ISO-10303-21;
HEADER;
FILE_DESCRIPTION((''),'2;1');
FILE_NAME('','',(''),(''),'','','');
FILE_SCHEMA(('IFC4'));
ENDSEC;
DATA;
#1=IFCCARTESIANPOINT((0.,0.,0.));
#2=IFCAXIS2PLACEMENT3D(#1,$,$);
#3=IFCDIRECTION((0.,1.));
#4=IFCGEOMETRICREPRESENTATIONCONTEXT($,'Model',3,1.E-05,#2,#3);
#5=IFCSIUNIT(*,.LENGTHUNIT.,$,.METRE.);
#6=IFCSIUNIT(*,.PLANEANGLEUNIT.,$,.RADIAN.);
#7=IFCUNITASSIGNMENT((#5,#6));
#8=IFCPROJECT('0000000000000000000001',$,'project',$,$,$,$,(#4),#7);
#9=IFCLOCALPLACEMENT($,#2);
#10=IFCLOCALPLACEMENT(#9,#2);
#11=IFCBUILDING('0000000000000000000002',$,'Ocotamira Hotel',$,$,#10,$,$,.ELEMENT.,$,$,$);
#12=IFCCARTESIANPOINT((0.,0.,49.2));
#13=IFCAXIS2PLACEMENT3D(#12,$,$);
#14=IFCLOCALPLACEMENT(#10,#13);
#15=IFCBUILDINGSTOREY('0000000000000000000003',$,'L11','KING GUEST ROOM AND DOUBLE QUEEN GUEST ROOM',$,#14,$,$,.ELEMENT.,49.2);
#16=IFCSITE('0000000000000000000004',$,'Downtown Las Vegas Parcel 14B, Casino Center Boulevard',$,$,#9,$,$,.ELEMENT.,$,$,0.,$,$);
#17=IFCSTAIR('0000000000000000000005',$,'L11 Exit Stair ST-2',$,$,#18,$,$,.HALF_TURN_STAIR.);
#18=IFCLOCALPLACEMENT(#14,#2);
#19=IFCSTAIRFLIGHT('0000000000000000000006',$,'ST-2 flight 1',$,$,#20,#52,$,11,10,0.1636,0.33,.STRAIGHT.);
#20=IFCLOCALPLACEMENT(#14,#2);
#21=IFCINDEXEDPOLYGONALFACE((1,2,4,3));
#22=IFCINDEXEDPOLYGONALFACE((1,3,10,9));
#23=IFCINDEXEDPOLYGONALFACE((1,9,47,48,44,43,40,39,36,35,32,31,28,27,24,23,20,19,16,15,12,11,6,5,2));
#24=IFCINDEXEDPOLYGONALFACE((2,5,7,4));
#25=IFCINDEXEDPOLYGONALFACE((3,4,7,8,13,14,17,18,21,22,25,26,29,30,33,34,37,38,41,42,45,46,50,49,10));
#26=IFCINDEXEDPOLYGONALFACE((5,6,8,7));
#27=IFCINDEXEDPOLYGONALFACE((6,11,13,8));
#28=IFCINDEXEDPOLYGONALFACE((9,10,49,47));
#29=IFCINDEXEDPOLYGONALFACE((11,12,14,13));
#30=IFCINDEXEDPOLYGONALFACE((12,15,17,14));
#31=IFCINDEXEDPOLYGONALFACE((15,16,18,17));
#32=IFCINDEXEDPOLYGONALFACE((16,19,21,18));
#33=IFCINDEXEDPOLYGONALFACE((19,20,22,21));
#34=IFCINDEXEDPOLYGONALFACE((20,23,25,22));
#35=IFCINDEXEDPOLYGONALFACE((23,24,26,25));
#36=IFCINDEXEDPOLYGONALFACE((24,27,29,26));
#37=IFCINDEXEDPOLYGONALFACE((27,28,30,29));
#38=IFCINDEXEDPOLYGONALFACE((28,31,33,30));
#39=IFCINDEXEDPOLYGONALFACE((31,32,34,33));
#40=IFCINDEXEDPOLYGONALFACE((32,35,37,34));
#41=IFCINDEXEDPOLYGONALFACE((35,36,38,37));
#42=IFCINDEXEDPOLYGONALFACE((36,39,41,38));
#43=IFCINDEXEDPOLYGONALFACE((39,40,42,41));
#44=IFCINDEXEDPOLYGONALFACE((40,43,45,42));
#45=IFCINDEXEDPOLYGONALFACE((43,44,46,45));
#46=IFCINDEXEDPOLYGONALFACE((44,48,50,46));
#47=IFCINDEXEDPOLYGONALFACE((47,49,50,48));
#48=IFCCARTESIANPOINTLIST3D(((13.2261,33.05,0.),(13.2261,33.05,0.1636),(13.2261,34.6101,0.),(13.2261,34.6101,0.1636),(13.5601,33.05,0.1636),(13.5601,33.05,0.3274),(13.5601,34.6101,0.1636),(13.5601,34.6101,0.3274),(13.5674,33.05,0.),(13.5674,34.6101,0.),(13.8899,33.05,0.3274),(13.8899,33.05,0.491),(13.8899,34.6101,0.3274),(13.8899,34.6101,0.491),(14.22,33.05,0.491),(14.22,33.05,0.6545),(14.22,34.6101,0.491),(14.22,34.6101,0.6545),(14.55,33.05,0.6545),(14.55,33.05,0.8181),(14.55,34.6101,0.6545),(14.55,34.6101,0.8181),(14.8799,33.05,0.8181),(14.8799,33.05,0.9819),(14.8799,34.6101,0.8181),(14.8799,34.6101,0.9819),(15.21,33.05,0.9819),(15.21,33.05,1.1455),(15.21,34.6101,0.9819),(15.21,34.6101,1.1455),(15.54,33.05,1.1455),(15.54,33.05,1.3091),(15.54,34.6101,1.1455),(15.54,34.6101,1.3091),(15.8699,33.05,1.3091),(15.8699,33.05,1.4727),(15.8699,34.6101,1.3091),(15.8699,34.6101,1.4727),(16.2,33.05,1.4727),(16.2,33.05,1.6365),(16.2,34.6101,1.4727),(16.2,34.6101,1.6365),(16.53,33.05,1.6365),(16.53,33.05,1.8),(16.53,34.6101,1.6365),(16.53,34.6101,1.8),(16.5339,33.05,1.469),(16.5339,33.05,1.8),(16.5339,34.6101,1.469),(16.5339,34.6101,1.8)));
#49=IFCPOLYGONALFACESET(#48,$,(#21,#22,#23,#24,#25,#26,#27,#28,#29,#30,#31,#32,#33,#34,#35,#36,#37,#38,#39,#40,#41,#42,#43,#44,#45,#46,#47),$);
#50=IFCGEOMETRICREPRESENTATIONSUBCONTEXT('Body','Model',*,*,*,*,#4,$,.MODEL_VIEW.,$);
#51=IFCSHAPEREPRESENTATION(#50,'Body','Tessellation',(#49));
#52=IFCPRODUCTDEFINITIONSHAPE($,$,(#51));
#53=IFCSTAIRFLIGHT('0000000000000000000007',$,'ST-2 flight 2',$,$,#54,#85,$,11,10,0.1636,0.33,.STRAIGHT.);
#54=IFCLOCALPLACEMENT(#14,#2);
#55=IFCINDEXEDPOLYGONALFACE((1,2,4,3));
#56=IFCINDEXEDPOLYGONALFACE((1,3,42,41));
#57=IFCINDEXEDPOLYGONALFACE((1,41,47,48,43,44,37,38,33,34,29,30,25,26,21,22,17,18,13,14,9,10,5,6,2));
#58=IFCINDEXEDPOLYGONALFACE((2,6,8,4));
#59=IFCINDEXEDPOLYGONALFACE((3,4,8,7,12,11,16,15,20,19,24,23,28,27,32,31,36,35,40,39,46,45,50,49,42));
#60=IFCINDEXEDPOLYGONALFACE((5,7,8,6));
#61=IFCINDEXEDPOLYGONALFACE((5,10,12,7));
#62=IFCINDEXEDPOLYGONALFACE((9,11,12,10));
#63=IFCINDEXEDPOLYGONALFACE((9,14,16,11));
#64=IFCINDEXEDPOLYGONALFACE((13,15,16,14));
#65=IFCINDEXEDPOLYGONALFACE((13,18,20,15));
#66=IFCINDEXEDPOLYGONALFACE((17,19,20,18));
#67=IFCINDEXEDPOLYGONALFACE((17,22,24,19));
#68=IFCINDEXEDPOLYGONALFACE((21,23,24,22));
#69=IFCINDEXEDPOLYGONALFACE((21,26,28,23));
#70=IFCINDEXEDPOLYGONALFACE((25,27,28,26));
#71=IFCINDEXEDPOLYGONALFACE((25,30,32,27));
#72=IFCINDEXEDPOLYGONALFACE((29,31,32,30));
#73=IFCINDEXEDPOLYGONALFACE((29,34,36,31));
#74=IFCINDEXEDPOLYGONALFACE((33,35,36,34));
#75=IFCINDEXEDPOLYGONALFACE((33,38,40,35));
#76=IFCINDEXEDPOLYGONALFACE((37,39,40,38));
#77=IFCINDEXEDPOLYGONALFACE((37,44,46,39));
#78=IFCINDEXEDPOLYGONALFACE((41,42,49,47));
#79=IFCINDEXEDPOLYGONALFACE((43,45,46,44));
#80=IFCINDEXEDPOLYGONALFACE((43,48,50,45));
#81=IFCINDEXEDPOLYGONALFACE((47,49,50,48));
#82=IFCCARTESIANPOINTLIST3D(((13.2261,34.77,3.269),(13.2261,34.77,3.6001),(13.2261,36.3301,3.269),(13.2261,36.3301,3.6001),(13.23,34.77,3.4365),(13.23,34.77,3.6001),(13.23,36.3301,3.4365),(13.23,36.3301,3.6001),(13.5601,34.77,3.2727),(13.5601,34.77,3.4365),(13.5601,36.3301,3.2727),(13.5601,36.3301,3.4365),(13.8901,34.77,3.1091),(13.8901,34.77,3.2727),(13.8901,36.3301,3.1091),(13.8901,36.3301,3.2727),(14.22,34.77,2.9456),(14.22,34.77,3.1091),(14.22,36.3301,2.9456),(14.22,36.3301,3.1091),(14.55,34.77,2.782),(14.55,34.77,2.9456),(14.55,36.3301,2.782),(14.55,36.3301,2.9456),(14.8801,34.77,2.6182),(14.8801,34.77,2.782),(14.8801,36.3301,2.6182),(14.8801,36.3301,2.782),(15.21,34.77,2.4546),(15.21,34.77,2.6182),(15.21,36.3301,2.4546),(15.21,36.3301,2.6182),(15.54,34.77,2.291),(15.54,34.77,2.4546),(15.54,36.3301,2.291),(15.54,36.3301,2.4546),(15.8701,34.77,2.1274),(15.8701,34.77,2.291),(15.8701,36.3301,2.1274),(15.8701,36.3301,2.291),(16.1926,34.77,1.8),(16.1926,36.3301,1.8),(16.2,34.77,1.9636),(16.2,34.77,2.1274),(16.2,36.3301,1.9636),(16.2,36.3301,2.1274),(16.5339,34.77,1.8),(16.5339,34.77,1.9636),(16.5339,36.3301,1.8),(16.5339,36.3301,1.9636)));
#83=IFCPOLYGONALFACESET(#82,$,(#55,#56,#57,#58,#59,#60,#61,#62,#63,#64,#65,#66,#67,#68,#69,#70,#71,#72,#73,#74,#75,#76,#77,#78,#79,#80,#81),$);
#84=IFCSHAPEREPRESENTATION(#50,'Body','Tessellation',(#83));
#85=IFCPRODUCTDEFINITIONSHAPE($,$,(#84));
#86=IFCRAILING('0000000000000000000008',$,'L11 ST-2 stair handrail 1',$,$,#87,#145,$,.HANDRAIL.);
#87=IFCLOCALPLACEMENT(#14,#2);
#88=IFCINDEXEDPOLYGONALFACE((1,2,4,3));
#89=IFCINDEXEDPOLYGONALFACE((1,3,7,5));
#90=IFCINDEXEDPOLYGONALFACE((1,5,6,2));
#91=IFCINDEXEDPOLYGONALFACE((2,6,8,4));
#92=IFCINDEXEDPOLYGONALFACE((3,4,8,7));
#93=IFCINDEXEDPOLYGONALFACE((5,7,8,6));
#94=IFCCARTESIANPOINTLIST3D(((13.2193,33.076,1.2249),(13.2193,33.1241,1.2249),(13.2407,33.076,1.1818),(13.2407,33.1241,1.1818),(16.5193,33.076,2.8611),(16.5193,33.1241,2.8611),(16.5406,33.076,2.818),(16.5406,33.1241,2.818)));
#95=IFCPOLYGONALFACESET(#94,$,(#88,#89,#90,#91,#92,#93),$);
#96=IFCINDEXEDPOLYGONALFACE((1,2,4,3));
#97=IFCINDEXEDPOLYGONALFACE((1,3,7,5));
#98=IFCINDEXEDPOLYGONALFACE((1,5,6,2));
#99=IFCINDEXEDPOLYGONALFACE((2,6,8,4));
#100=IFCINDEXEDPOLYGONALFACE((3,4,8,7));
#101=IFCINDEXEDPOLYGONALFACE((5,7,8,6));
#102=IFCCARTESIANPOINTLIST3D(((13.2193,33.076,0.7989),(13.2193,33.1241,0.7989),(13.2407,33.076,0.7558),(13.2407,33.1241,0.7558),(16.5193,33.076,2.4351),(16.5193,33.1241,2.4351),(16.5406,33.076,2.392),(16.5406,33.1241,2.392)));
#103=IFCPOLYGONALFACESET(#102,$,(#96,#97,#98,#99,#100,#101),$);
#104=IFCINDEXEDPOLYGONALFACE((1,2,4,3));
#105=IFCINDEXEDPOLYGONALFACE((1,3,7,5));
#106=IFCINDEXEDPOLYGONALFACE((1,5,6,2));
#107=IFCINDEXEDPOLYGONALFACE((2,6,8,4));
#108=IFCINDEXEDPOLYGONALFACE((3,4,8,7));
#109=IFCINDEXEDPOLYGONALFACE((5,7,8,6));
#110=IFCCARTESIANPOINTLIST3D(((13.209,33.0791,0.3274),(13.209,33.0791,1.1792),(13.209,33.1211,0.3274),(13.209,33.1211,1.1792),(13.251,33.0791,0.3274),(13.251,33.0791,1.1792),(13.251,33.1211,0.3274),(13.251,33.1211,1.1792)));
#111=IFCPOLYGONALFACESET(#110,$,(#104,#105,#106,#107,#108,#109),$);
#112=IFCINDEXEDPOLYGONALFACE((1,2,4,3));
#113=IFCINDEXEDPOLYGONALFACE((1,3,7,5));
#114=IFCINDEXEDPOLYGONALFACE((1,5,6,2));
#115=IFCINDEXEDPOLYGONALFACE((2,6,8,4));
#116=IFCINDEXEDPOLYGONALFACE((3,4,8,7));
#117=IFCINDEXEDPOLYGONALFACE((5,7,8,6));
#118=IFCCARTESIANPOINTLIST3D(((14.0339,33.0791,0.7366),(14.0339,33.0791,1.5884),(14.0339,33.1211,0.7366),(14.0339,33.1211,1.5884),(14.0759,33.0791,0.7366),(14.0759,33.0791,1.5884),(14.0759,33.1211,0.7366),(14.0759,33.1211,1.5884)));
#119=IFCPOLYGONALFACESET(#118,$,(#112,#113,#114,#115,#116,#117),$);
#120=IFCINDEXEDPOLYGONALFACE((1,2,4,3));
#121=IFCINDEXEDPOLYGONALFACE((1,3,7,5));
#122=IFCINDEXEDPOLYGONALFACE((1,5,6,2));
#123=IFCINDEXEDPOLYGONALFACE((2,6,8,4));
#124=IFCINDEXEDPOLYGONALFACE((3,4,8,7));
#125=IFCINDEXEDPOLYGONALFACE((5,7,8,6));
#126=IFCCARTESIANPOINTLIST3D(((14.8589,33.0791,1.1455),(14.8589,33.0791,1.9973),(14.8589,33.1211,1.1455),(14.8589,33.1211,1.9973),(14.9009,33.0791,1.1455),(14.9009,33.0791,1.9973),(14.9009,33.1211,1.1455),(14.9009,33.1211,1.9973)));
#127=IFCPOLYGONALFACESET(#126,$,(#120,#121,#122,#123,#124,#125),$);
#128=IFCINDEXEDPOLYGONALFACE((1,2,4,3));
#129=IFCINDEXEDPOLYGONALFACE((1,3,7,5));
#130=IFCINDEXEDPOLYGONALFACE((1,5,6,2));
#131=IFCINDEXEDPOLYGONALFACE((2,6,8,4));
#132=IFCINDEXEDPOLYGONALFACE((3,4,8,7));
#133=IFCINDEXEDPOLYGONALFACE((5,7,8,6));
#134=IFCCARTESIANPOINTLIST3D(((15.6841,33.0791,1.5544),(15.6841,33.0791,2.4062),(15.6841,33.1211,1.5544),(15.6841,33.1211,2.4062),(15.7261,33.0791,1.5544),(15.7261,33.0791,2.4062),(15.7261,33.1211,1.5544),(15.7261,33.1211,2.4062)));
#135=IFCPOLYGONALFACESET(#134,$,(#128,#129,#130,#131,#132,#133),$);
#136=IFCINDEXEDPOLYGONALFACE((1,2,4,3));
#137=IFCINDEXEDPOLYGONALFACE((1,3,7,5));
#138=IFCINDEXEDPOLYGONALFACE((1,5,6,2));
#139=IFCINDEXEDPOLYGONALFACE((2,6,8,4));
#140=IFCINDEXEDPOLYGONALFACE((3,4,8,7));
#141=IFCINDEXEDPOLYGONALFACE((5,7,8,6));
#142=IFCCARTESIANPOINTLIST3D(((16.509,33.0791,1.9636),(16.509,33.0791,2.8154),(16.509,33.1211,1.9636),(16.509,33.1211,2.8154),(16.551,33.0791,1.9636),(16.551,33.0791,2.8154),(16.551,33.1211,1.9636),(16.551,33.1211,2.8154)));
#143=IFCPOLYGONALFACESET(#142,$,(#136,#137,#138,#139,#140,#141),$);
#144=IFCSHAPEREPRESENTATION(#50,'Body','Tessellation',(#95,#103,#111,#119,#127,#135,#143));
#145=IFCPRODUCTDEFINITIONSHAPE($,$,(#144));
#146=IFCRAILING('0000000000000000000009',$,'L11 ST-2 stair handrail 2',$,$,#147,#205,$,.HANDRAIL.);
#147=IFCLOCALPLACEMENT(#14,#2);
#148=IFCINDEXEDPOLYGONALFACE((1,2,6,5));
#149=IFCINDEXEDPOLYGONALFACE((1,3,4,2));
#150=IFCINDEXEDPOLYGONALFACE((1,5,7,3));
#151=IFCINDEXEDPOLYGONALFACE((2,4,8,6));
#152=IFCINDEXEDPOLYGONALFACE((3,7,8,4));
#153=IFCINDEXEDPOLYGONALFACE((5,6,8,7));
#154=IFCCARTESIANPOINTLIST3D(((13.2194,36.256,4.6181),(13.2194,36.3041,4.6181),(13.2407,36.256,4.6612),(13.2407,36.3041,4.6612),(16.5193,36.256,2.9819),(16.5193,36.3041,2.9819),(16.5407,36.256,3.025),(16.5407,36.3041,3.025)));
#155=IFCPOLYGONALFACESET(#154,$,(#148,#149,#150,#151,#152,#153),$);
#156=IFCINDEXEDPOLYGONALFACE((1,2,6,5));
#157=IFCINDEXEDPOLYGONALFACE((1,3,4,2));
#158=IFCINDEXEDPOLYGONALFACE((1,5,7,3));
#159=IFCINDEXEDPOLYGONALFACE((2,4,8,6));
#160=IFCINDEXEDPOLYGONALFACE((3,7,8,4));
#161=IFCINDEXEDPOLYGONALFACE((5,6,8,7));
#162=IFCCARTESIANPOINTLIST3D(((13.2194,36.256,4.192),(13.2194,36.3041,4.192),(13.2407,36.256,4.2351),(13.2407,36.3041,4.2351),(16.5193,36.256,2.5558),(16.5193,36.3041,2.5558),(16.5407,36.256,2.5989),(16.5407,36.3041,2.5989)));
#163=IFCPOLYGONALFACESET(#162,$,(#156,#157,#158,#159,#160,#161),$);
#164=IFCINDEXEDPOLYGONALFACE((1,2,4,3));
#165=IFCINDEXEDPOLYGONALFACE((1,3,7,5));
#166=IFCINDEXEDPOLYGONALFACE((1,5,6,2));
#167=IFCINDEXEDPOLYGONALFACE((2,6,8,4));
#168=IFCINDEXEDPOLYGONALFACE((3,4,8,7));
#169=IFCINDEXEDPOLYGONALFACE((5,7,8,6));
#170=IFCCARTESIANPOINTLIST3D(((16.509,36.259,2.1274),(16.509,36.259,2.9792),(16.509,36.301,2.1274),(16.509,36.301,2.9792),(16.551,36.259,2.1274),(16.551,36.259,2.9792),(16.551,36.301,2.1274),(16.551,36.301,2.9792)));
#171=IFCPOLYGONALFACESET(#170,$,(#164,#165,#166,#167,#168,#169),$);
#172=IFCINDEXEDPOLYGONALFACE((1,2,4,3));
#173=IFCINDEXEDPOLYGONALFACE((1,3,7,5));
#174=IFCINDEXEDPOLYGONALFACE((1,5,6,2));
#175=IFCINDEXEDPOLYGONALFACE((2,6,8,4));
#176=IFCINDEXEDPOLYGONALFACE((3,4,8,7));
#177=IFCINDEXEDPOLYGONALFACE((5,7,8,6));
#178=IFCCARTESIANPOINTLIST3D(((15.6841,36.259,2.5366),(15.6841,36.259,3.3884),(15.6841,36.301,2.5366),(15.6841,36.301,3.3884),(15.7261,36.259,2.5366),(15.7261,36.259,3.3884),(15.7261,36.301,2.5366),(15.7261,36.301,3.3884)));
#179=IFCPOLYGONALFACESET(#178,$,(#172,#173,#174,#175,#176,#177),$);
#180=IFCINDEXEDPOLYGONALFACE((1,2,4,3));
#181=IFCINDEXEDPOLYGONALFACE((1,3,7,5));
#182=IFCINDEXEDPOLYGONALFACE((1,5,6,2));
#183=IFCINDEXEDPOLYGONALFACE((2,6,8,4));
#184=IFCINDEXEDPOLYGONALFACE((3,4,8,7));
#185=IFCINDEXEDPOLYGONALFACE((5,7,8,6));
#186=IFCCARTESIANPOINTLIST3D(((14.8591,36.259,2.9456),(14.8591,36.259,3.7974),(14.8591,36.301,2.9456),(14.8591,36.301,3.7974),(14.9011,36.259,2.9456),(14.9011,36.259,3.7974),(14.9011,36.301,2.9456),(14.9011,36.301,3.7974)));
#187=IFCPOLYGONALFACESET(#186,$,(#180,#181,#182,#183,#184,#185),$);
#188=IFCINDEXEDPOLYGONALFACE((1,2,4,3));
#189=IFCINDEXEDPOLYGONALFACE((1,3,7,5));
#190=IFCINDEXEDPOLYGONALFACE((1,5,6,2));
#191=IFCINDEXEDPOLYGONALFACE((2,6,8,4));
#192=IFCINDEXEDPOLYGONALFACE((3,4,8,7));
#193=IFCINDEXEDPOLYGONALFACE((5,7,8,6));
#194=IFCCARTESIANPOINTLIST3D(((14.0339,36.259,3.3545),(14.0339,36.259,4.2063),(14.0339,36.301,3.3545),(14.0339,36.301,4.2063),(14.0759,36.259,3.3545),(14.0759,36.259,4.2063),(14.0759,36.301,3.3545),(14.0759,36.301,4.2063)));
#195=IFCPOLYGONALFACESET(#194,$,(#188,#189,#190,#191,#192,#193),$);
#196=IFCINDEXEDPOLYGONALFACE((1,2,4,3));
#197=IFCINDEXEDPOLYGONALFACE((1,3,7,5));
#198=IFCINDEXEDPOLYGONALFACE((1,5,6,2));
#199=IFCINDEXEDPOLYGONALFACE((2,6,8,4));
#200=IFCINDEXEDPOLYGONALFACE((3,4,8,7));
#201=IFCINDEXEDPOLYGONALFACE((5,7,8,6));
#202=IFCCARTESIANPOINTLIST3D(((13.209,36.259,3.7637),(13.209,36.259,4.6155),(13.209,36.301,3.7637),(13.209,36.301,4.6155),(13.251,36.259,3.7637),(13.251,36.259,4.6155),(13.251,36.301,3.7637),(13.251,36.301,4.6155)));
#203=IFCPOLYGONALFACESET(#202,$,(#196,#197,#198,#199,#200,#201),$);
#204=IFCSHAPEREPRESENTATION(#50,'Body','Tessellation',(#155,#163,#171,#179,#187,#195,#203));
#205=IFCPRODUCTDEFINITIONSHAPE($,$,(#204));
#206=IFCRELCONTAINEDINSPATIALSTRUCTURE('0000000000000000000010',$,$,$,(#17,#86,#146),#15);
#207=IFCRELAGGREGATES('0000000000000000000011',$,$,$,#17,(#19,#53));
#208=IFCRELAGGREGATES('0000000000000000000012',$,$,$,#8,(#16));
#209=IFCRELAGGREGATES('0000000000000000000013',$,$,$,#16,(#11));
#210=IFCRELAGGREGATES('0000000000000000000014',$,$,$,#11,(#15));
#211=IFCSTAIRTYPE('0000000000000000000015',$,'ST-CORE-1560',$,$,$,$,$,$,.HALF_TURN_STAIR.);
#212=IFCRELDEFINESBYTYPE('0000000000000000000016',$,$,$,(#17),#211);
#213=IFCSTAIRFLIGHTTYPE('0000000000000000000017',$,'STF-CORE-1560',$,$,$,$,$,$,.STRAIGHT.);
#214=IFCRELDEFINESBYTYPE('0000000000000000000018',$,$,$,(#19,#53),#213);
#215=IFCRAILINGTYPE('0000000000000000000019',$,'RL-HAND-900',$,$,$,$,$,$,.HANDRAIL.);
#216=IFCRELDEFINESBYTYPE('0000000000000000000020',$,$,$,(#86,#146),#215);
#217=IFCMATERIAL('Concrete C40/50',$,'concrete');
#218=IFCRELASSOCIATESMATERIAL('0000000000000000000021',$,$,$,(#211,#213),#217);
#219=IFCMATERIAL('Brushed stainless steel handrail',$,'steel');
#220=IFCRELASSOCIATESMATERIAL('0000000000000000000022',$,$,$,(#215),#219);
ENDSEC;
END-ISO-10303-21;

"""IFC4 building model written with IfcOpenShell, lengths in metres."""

from ifc_helpers import new_model, si_unit, direction, frame, origin, origin_2d, place, context, subcontext, project, spatial, polyline, rectangle, outline, extrude, source, transform, mapped, material, type_object, element, aggregate, save


model = new_model("IFC4")

# Units and contexts
model_context = context("Model", 3, precision=1e-05, world=origin(), true_north=direction((0.0, 1.0)))
body_context = subcontext(model_context, "Body", "Model", "MODEL_VIEW")
ifc_project = project(units=[si_unit("LENGTHUNIT", "METRE"), si_unit("PLANEANGLEUNIT", "RADIAN")], contexts=[model_context])

# Site, building, storey
site_placement = place(None, origin())
site = spatial("IfcSite", under=ifc_project, at=site_placement, Name="Downtown Las Vegas Parcel 14B, Casino Center Boulevard", CompositionType="ELEMENT", RefElevation=0.0)
building_placement = place(site_placement, origin())
building = spatial("IfcBuilding", under=site, at=building_placement, Name="Ocotamira Hotel", CompositionType="ELEMENT")
storey_placement = place(building_placement, frame((0.0, 0.0, 49.2)))
storey = spatial("IfcBuildingStorey", under=building, at=storey_placement, Name="L11", Description="KING GUEST ROOM AND DOUBLE QUEEN GUEST ROOM", CompositionType="ELEMENT", Elevation=49.2)

# Stair, stair flights
ifc_material_1 = material(Name="Concrete C40/50", Category="concrete")
stair_type = type_object("IfcStairType", Name="ST-CORE-1560", PredefinedType="HALF_TURN_STAIR", material=ifc_material_1)
stair_placement = place(storey_placement, origin())
stair = element("IfcStair", 1, at=stair_placement, inside=storey, type_object=stair_type, Name="L11 Exit Stair ST-2", PredefinedType="HALF_TURN_STAIR")
stair_flight_type = type_object("IfcStairFlightType", Name="STF-CORE-1560", PredefinedType="STRAIGHT", material=ifc_material_1)
shared_shape_1 = source(origin(), body_context, "Body", "SweptSolid", [
    extrude(outline(polyline([(-0.0039, 0.0), (-0.0039, 0.1636), (0.3301, 0.1636), (0.3301, 0.3274), (0.6599, 0.3274), (0.6599, 0.491), (0.99, 0.491), (0.99, 0.6545), (1.3201, 0.6545), (1.3201, 0.8181), (1.6499, 0.8181), (1.6499, 0.9819), (1.98, 0.9819), (1.98, 1.1455), (2.3101, 1.1455), (2.3101, 1.3091), (2.6399, 1.3091), (2.6399, 1.4727), (2.97, 1.4727), (2.97, 1.6365), (3.3, 1.6365), (3.3, 1.8), (3.304, 1.8), (3.304, 1.469), (0.3374, 0.0), (-0.0039, 0.0)])), frame((0.0, 0.78, 0.0), z_axis=(0.0, -1.0, 0.0), x_axis=(1.0, 0.0, 0.0)), (0.0, 0.0, 1.0), 1.5601),
])
stair_flight_1_placement = place(storey_placement, frame((13.23, 33.8301, 0.0), z_axis=(0.0, 0.0, 1.0), x_axis=(1.0, 0.0, 0.0)))
stair_flight_1 = element("IfcStairFlight", 2, at=stair_flight_1_placement, type_object=stair_flight_type, Name="ST-2 flight 1", NumberOfRisers=11, NumberOfTreads=10, PredefinedType="STRAIGHT", RiserHeight=0.1636, TreadLength=0.33, context=body_context, shape_type="MappedRepresentation", body=[
    mapped(shared_shape_1, transform((0.0, 0.0, 0.0), scale=1.0)),
])
stair_flight_2_placement = place(storey_placement, frame((16.53, 35.55, 1.8), z_axis=(0.0, 0.0, 1.0), x_axis=(-1.0, 0.0, 0.0)))
stair_flight_2 = element("IfcStairFlight", 3, at=stair_flight_2_placement, type_object=stair_flight_type, Name="ST-2 flight 2", NumberOfRisers=11, NumberOfTreads=10, PredefinedType="STRAIGHT", RiserHeight=0.1636, TreadLength=0.33, context=body_context, shape_type="MappedRepresentation", body=[
    mapped(shared_shape_1, transform((0.0, 0.0, 0.0), scale=1.0)),
])
aggregate(stair, [stair_flight_1, stair_flight_2])

# Railings
ifc_material_2 = material(Name="Brushed stainless steel handrail", Category="steel")
railing_type_1 = type_object("IfcRailingType", Name="RL-HAND-900", PredefinedType="HANDRAIL", material=ifc_material_2)
railing_1_placement = place(storey_placement, frame((13.23, 33.1001, 0.3274)))
element("IfcRailing", 4, at=railing_1_placement, inside=storey, type_object=railing_type_1, Name="L11 ST-2 stair handrail 1", PredefinedType="HANDRAIL", context=body_context, shape_type="SweptSolid", body=[
    extrude(rectangle(XDim=0.0481, YDim=0.0481, at=origin_2d()), frame((0.0, 0.0, 0.876), z_axis=(0.89592, 0.0, 0.444215), x_axis=(0.0, 1.0, 0.0)), (0.0, 0.0, 1.0), 3.6833),
    extrude(rectangle(XDim=0.0481, YDim=0.0481, at=origin_2d()), frame((0.0, 0.0, 0.45), z_axis=(0.89592, 0.0, 0.444215), x_axis=(0.0, 1.0, 0.0)), (0.0, 0.0, 1.0), 3.6833),
    extrude(rectangle(XDim=0.042, YDim=0.042, at=origin_2d()), origin(), (0.0, 0.0, 1.0), 0.8518),
    extrude(rectangle(XDim=0.042, YDim=0.042, at=origin_2d()), frame((0.825, 0.0, 0.4092)), (0.0, 0.0, 1.0), 0.8518),
    extrude(rectangle(XDim=0.042, YDim=0.042, at=origin_2d()), frame((1.6499, 0.0, 0.8181)), (0.0, 0.0, 1.0), 0.8518),
    extrude(rectangle(XDim=0.042, YDim=0.042, at=origin_2d()), frame((2.4751, 0.0, 1.2271)), (0.0, 0.0, 1.0), 0.8518),
    extrude(rectangle(XDim=0.042, YDim=0.042, at=origin_2d()), frame((3.3, 0.0, 1.6362)), (0.0, 0.0, 1.0), 0.8518),
])
railing_2_placement = place(storey_placement, frame((16.53, 36.28, 2.1274)))
element("IfcRailing", 5, at=railing_2_placement, inside=storey, type_object=railing_type_1, Name="L11 ST-2 stair handrail 2", PredefinedType="HANDRAIL", context=body_context, shape_type="SweptSolid", body=[
    extrude(rectangle(XDim=0.0481, YDim=0.0481, at=origin_2d()), frame((0.0, 0.0, 0.876), z_axis=(-0.89592, 0.0, 0.444215), x_axis=(0.0, -1.0, 0.0)), (0.0, 0.0, 1.0), 3.6833),
    extrude(rectangle(XDim=0.0481, YDim=0.0481, at=origin_2d()), frame((0.0, 0.0, 0.45), z_axis=(-0.89592, 0.0, 0.444215), x_axis=(0.0, -1.0, 0.0)), (0.0, 0.0, 1.0), 3.6833),
    extrude(rectangle(XDim=0.042, YDim=0.042, at=origin_2d()), origin(), (0.0, 0.0, 1.0), 0.8518),
    extrude(rectangle(XDim=0.042, YDim=0.042, at=origin_2d()), frame((-0.825, 0.0, 0.4092)), (0.0, 0.0, 1.0), 0.8518),
    extrude(rectangle(XDim=0.042, YDim=0.042, at=origin_2d()), frame((-1.6499, 0.0, 0.8181)), (0.0, 0.0, 1.0), 0.8518),
    extrude(rectangle(XDim=0.042, YDim=0.042, at=origin_2d()), frame((-2.4751, 0.0, 1.2271)), (0.0, 0.0, 1.0), 0.8518),
    extrude(rectangle(XDim=0.042, YDim=0.042, at=origin_2d()), frame((-3.3, 0.0, 1.6362)), (0.0, 0.0, 1.0), 0.8518),
])

save(model, "model.ifc")
